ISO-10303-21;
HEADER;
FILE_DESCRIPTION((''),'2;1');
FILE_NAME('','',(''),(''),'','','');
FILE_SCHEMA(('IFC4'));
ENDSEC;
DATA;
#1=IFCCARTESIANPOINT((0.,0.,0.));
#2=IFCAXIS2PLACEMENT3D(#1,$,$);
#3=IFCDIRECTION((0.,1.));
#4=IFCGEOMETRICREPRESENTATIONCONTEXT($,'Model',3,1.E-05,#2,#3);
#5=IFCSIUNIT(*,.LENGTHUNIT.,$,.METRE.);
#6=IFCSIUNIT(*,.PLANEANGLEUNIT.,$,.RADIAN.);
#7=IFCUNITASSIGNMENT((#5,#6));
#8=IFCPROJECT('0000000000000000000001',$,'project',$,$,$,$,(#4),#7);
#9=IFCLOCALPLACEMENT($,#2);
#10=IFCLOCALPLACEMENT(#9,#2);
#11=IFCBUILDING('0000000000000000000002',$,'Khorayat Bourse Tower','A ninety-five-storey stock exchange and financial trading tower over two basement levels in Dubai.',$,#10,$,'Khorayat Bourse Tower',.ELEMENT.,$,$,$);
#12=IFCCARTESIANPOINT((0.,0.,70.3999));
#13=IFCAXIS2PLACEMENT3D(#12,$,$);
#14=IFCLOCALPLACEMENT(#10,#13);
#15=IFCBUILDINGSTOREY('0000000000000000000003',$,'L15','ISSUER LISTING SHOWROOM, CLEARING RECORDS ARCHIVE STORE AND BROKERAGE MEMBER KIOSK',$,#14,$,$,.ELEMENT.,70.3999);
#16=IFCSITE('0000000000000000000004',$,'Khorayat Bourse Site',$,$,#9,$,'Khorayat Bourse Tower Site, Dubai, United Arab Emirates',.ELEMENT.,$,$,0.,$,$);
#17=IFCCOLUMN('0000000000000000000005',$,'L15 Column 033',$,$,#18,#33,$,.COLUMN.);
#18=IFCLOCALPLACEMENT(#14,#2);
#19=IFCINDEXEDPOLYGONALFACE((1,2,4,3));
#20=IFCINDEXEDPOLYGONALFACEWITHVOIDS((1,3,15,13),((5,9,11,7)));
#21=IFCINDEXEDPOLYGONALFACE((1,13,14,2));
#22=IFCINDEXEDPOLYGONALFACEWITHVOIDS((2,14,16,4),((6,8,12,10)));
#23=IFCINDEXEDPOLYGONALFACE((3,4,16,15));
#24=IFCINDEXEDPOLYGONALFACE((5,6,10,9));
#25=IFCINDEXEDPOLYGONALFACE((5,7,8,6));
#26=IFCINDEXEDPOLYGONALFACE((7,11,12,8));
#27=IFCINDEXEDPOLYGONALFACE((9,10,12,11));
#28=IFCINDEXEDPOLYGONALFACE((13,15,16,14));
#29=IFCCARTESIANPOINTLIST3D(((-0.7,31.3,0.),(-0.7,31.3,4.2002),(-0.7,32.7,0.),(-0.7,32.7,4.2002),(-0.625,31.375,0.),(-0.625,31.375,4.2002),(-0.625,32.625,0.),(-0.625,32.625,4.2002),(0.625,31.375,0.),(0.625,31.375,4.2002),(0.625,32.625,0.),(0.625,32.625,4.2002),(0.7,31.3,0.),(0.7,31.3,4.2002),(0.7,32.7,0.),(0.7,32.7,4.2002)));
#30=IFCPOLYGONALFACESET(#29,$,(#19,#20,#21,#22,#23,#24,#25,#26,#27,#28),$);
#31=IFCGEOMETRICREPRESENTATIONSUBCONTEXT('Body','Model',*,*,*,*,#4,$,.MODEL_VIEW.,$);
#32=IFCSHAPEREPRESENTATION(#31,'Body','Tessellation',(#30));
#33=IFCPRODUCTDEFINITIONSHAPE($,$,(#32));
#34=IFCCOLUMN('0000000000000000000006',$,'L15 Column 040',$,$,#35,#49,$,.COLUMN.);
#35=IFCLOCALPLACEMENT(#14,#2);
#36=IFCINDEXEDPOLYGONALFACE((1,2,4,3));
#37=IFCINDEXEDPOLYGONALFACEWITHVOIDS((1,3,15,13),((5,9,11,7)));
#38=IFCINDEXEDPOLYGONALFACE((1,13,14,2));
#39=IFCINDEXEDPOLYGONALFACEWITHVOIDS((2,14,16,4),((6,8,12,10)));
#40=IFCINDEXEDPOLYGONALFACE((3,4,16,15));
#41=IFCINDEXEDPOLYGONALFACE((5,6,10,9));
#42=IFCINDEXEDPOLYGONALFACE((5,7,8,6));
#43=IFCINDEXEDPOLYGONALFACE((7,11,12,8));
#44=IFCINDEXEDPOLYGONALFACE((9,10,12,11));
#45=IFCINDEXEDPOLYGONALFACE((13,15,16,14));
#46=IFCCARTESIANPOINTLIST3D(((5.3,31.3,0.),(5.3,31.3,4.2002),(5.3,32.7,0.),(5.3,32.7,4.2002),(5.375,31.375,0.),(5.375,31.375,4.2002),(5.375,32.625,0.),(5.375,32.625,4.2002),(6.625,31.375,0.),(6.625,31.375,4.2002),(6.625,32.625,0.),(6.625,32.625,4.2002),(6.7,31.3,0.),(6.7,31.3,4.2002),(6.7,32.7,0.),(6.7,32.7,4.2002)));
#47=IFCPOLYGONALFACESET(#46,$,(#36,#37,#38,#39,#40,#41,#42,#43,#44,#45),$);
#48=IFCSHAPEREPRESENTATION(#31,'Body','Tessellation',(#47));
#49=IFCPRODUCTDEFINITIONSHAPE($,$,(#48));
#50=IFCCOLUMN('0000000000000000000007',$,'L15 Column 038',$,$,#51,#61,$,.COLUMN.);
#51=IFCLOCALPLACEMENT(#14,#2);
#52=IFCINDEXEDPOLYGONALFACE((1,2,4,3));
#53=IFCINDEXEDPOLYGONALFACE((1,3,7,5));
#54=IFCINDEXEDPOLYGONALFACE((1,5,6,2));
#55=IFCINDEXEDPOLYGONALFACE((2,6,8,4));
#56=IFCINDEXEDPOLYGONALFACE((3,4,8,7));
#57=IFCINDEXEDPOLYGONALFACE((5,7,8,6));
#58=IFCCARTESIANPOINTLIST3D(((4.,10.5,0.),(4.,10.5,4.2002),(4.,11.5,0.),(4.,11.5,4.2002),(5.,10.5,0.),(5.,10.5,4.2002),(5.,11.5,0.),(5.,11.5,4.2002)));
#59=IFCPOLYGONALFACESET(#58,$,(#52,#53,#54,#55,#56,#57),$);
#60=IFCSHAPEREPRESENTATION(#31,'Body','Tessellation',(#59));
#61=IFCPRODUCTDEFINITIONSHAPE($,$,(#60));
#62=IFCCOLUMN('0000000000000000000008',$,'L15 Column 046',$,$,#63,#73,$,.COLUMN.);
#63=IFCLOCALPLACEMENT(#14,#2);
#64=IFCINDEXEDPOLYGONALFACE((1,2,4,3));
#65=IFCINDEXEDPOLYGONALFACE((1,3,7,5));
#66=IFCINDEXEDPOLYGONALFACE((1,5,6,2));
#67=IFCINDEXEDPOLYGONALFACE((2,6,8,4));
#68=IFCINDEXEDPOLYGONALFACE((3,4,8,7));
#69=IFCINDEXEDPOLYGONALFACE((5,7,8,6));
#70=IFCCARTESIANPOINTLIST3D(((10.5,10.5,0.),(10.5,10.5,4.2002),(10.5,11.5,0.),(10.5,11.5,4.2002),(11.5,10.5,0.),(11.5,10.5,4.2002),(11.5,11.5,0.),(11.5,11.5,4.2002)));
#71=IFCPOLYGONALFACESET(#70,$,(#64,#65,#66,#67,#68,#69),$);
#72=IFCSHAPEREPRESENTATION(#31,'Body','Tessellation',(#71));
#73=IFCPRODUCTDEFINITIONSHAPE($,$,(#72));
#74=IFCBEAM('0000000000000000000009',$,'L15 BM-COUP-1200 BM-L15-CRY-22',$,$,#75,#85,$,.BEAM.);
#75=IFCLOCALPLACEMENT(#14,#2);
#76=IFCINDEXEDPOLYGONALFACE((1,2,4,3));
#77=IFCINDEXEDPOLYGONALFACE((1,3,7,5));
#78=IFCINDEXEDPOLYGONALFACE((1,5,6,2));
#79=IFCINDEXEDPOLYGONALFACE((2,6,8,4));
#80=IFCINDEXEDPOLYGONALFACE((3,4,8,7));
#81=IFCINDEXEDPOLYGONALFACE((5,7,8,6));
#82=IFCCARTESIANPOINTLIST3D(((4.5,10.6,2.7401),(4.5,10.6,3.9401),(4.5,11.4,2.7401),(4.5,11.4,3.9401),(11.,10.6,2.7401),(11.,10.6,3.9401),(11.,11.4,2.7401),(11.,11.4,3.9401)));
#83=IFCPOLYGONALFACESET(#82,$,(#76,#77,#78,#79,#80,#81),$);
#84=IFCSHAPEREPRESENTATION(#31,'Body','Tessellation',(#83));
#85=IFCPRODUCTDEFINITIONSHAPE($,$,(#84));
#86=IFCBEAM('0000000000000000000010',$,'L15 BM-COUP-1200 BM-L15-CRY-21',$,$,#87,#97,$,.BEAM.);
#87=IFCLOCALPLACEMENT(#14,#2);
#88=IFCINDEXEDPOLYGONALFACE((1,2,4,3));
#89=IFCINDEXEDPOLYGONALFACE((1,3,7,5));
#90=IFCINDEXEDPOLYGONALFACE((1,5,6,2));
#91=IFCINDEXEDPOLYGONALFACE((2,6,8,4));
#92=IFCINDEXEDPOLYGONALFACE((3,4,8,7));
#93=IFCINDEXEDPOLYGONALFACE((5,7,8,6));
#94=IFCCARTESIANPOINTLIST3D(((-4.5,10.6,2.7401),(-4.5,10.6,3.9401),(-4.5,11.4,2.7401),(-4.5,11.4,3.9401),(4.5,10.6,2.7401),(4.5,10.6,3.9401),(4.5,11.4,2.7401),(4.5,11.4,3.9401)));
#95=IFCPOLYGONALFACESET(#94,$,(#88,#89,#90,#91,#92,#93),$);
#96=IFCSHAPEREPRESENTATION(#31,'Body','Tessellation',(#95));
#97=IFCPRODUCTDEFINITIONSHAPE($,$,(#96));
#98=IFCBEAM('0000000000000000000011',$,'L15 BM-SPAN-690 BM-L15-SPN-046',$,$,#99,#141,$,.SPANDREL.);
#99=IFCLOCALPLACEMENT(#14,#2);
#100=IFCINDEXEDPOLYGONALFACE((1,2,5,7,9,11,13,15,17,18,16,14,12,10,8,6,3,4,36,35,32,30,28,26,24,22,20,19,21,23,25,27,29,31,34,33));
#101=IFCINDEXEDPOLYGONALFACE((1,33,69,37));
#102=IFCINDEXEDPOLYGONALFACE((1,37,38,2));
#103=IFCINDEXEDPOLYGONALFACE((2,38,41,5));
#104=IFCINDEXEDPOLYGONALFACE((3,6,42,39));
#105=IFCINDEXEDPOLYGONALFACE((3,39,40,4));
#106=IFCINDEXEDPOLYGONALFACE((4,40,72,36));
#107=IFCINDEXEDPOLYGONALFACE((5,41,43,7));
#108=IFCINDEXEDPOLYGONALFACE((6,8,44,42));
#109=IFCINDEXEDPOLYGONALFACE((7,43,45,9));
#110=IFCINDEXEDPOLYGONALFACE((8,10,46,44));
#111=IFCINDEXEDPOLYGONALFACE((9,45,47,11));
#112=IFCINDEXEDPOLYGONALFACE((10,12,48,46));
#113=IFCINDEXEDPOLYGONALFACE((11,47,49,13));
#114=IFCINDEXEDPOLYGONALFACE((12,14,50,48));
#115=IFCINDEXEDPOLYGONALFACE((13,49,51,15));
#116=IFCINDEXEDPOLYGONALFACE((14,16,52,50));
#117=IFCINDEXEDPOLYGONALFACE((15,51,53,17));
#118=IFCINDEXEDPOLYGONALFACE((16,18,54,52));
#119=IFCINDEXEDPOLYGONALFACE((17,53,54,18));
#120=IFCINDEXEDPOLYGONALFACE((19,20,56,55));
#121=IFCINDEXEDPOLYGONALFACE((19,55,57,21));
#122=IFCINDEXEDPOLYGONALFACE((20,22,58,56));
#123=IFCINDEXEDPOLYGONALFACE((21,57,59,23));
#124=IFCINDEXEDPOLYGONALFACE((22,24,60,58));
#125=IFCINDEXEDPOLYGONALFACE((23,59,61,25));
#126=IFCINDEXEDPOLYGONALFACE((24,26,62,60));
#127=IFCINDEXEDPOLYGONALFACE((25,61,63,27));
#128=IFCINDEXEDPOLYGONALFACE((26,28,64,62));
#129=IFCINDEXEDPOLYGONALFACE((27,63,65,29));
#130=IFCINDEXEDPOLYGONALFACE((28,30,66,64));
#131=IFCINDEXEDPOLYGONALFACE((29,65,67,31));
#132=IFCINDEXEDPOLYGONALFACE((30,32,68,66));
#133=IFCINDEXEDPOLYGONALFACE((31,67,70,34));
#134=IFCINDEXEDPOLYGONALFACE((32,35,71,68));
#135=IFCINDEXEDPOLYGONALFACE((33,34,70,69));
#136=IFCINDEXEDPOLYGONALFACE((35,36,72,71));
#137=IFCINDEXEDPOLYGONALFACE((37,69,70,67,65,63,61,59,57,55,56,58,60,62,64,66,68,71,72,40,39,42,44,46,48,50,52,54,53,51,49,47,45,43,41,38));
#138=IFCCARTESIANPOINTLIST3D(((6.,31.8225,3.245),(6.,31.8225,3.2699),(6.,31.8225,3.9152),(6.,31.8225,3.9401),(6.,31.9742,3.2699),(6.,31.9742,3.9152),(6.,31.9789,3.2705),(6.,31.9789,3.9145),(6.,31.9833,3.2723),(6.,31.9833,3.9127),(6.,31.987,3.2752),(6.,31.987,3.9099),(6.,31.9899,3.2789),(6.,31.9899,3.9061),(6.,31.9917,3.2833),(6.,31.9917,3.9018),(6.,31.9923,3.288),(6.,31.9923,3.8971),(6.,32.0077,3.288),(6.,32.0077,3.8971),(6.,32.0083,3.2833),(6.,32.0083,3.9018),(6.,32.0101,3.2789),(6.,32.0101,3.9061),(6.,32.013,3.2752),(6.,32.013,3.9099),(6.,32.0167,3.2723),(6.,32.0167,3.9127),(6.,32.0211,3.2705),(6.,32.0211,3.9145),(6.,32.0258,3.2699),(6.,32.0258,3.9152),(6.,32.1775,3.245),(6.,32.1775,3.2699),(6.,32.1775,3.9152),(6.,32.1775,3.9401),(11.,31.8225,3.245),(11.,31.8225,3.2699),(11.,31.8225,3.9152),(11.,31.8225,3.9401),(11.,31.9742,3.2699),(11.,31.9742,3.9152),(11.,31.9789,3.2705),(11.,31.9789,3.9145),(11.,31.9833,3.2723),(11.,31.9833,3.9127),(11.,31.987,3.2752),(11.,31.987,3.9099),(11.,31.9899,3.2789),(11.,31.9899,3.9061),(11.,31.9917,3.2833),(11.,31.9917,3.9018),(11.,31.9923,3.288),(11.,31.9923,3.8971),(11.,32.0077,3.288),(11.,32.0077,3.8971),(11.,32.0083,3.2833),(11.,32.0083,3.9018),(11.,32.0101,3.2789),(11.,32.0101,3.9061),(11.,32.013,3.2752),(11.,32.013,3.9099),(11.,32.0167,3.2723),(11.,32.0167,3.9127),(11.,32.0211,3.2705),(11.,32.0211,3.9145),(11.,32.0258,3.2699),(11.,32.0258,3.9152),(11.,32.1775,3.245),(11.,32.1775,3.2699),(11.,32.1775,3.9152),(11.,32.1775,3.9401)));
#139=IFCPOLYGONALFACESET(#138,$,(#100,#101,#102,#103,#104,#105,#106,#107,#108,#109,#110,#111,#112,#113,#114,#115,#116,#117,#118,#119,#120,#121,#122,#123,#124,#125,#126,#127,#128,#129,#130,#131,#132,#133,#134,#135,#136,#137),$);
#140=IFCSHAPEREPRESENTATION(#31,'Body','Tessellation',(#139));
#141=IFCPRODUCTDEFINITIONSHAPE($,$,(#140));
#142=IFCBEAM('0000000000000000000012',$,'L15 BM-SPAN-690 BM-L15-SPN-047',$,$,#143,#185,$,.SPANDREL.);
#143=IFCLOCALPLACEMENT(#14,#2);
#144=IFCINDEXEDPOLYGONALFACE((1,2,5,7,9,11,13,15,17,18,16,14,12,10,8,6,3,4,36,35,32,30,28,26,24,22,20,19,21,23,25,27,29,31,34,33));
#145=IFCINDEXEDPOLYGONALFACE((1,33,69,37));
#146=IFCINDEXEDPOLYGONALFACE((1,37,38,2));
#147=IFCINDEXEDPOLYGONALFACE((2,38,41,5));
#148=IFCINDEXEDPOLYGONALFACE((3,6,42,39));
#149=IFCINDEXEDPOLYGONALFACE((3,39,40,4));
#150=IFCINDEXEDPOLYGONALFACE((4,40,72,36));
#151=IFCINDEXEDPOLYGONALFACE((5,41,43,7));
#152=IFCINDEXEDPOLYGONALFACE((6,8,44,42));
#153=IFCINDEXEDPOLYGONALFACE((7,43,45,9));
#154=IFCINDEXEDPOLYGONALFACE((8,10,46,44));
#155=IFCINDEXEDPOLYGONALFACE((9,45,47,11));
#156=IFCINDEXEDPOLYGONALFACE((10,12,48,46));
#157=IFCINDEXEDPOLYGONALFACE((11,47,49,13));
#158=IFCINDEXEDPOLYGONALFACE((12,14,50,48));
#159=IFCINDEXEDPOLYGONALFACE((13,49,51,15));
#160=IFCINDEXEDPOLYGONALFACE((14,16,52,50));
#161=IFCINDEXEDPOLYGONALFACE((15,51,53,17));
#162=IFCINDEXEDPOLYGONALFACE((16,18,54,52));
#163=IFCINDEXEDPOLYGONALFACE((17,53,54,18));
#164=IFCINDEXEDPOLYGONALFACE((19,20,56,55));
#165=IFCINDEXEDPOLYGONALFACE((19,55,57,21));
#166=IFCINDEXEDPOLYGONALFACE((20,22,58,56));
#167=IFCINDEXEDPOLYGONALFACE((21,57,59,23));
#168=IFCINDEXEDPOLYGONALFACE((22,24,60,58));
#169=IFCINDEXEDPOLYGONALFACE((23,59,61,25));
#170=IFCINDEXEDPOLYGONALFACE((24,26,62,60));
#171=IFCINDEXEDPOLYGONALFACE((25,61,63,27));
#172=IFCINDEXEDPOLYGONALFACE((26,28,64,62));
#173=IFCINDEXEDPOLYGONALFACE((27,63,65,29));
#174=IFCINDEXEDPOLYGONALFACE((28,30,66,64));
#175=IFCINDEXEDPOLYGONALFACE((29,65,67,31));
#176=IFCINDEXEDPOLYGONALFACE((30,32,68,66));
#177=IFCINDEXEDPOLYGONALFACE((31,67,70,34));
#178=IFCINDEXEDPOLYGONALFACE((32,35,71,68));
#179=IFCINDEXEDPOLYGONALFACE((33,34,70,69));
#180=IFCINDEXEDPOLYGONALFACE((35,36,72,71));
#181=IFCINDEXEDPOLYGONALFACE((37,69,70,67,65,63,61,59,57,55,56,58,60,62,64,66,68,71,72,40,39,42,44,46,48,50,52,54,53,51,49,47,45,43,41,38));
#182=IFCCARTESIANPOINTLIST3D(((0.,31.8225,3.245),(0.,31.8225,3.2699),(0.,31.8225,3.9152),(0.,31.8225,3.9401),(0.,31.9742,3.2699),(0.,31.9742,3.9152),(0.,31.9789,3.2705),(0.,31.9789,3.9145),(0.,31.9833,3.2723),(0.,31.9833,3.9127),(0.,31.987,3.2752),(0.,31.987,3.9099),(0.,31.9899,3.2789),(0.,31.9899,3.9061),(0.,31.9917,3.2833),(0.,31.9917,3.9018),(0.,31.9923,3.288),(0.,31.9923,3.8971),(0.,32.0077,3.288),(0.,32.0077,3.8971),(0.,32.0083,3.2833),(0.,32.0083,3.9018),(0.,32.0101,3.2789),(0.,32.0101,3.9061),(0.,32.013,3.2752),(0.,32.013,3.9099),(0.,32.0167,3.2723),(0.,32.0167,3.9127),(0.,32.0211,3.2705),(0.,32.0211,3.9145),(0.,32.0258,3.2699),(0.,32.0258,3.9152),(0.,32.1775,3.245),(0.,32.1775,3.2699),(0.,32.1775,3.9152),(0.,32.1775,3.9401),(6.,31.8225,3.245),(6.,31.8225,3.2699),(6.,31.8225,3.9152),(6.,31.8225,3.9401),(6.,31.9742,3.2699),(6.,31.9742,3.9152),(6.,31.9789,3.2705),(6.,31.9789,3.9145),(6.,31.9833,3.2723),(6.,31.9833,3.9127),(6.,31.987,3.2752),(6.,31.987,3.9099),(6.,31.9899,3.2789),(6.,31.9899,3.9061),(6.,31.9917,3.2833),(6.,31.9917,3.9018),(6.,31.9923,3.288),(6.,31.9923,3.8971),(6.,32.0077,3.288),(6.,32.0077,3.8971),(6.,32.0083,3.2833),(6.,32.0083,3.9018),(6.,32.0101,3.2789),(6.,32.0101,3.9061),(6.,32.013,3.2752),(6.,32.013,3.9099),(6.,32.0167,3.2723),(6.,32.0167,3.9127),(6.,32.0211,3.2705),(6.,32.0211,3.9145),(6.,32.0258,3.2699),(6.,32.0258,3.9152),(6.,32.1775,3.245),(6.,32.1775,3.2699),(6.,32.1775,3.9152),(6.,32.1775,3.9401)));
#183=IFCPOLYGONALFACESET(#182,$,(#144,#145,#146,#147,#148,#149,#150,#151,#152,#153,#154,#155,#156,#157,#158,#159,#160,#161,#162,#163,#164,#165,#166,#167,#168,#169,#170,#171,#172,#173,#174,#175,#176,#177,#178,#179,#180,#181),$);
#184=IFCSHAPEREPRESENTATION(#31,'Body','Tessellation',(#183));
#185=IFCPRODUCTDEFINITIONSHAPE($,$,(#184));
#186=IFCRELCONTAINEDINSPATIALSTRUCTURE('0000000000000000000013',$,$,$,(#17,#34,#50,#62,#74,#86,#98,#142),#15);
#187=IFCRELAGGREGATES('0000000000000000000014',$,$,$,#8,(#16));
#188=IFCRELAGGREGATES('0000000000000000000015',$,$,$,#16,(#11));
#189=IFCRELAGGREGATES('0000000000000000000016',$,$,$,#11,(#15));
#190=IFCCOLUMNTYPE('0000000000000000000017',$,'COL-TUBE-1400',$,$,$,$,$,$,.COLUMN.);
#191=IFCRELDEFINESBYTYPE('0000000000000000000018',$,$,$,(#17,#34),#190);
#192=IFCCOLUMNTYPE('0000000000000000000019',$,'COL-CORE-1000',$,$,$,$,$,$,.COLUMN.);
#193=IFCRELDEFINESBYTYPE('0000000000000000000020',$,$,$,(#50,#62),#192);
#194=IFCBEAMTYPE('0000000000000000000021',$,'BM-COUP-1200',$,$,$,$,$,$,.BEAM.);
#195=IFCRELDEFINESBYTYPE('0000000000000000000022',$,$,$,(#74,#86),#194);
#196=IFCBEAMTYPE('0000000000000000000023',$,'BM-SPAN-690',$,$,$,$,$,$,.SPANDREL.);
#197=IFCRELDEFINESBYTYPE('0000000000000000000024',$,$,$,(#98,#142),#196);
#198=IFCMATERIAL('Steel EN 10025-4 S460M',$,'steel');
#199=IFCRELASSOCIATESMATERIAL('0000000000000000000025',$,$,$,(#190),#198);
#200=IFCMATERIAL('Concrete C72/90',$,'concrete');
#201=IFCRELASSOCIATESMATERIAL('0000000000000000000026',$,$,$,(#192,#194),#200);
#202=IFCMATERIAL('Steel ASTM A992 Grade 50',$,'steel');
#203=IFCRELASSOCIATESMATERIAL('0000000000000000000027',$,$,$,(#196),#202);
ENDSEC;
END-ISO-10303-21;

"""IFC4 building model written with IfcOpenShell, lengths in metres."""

from ifc_helpers import new_model, si_unit, direction, frame, origin, origin_2d, place, context, subcontext, project, spatial, rectangle, hollow_rectangle, i_section, extrude, source, transform, mapped, material, material_profile, profile_set, type_object, element, save


model = new_model("IFC4")

# Units and contexts
model_context = context("Model", 3, precision=1e-05, world=origin(), true_north=direction((0.0, 1.0)))
body_context = subcontext(model_context, "Body", "Model", "MODEL_VIEW")
ifc_project = project(units=[si_unit("LENGTHUNIT", "METRE"), si_unit("PLANEANGLEUNIT", "RADIAN")], contexts=[model_context])

# Site, building, storey
site_placement = place(None, origin())
site = spatial("IfcSite", under=ifc_project, at=site_placement, Name="Khorayat Bourse Site", LongName="Khorayat Bourse Tower Site, Dubai, United Arab Emirates", CompositionType="ELEMENT", RefElevation=0.0)
building_placement = place(site_placement, origin())
building = spatial("IfcBuilding", under=site, at=building_placement, Name="Khorayat Bourse Tower", Description="A ninety-five-storey stock exchange and financial trading tower over two basement levels in Dubai.", LongName="Khorayat Bourse Tower", CompositionType="ELEMENT")
storey_placement = place(building_placement, frame((0.0, 0.0, 70.3999)))
storey = spatial("IfcBuildingStorey", under=building, at=storey_placement, Name="L15", Description="ISSUER LISTING SHOWROOM, CLEARING RECORDS ARCHIVE STORE AND BROKERAGE MEMBER KIOSK", CompositionType="ELEMENT", Elevation=70.3999)

# Columns
ifc_material_1 = material(Name="Steel EN 10025-4 S460M", Category="steel")
ifc_material_profile_1 = material_profile(ifc_material_1, hollow_rectangle(XDim=1.3999, YDim=1.3999, WallThickness=0.075, at=origin_2d()), Name="BOX 1400x1400x75")
ifc_profile_set_1 = profile_set([ifc_material_profile_1], Name="Steel EN 10025-4 S460M")
column_type_1 = type_object("IfcColumnType", Name="COL-TUBE-1400", PredefinedType="COLUMN", material=ifc_profile_set_1)
shared_shape_1 = source(origin(), body_context, "Body", "SweptSolid", [
    extrude(hollow_rectangle(XDim=1.3999, YDim=1.3999, WallThickness=0.075, at=origin_2d()), origin(), (0.0, 0.0, 1.0), 4.2002),
])
for number, where, z_axis, x_axis, name in (
    (1, (0.0, 32.0, 0.0), (0.0, 0.0, 1.0), (1.0, 0.0, 0.0), "L15 Column 033"),
    (2, (6.0, 32.0, 0.0), (0.0, 0.0, 1.0), (1.0, 0.0, 0.0), "L15 Column 040"),
):
    element("IfcColumn", number, at=place(storey_placement, frame(where, z_axis=z_axis, x_axis=x_axis)), inside=storey, type_object=column_type_1, Name=name, PredefinedType="COLUMN", context=body_context, shape_type="MappedRepresentation", body=[
        mapped(shared_shape_1, transform((0.0, 0.0, 0.0), scale=1.0)),
    ])
ifc_material_2 = material(Name="Concrete C72/90", Category="concrete")
ifc_material_profile_2 = material_profile(ifc_material_2, rectangle(XDim=1.0, YDim=1.0, at=origin_2d()), Name="RC 1000x1000")
ifc_profile_set_2 = profile_set([ifc_material_profile_2], Name="Concrete C72/90")
column_type_2 = type_object("IfcColumnType", Name="COL-CORE-1000", PredefinedType="COLUMN", material=ifc_profile_set_2)
shared_shape_2 = source(origin(), body_context, "Body", "SweptSolid", [
    extrude(rectangle(XDim=1.0, YDim=1.0, at=origin_2d()), origin(), (0.0, 0.0, 1.0), 4.2002),
])
for number, where, z_axis, x_axis, name in (
    (3, (4.5, 11.0, 0.0), (0.0, 0.0, 1.0), (1.0, 0.0, 0.0), "L15 Column 038"),
    (4, (11.0, 11.0, 0.0), (0.0, 0.0, 1.0), (1.0, 0.0, 0.0), "L15 Column 046"),
):
    element("IfcColumn", number, at=place(storey_placement, frame(where, z_axis=z_axis, x_axis=x_axis)), inside=storey, type_object=column_type_2, Name=name, PredefinedType="COLUMN", context=body_context, shape_type="MappedRepresentation", body=[
        mapped(shared_shape_2, transform((0.0, 0.0, 0.0), scale=1.0)),
    ])

# Beams
ifc_material_profile_3 = material_profile(ifc_material_2, rectangle(XDim=0.8, YDim=1.2, at=origin_2d()), Name="RC 800x1200")
ifc_profile_set_3 = profile_set([ifc_material_profile_3], Name="Concrete C72/90")
beam_type_1 = type_object("IfcBeamType", Name="BM-COUP-1200", PredefinedType="BEAM", material=ifc_profile_set_3)
shared_shape_3 = source(origin(), body_context, "Body", "SweptSolid", [
    extrude(rectangle(XDim=0.8, YDim=1.2, at=origin_2d()), origin(), (0.0, 0.0, 1.0), 6.5),
])
beam_1_placement = place(storey_placement, frame((4.5, 11.0, 3.3401), z_axis=(1.0, 0.0, 0.0), x_axis=(0.0, 1.0, 0.0)))
element("IfcBeam", 5, at=beam_1_placement, inside=storey, type_object=beam_type_1, Name="L15 BM-COUP-1200 BM-L15-CRY-22", PredefinedType="BEAM", context=body_context, shape_type="MappedRepresentation", body=[
    mapped(shared_shape_3, transform((0.0, 0.0, 0.0), scale=1.0)),
])
shared_shape_4 = source(origin(), body_context, "Body", "SweptSolid", [
    extrude(rectangle(XDim=0.8, YDim=1.2, at=origin_2d()), origin(), (0.0, 0.0, 1.0), 9.0),
])
beam_2_placement = place(storey_placement, frame((-4.5, 11.0, 3.3401), z_axis=(1.0, 0.0, 0.0), x_axis=(0.0, 1.0, 0.0)))
element("IfcBeam", 6, at=beam_2_placement, inside=storey, type_object=beam_type_1, Name="L15 BM-COUP-1200 BM-L15-CRY-21", PredefinedType="BEAM", context=body_context, shape_type="MappedRepresentation", body=[
    mapped(shared_shape_4, transform((0.0, 0.0, 0.0), scale=1.0)),
])
ifc_material_3 = material(Name="Steel ASTM A992 Grade 50", Category="steel")
ifc_material_profile_4 = material_profile(ifc_material_3, i_section(OverallWidth=0.355, OverallDepth=0.6951, WebThickness=0.0154, FlangeThickness=0.0249, FilletRadius=0.0181, at=origin_2d()), Name="W690X217")
ifc_profile_set_4 = profile_set([ifc_material_profile_4], Name="Steel ASTM A992 Grade 50")
beam_type_2 = type_object("IfcBeamType", Name="BM-SPAN-690", PredefinedType="SPANDREL", material=ifc_profile_set_4)
shared_shape_5 = source(origin(), body_context, "Body", "SweptSolid", [
    extrude(i_section(OverallWidth=0.355, OverallDepth=0.6951, WebThickness=0.0154, FlangeThickness=0.0249, FilletRadius=0.0181, at=origin_2d()), origin(), (0.0, 0.0, 1.0), 5.0),
])
beam_3_placement = place(storey_placement, frame((6.0, 32.0, 3.5925), z_axis=(1.0, 0.0, 0.0), x_axis=(0.0, 1.0, 0.0)))
element("IfcBeam", 7, at=beam_3_placement, inside=storey, type_object=beam_type_2, Name="L15 BM-SPAN-690 BM-L15-SPN-046", PredefinedType="SPANDREL", context=body_context, shape_type="MappedRepresentation", body=[
    mapped(shared_shape_5, transform((0.0, 0.0, 0.0), scale=1.0)),
])
shared_shape_6 = source(origin(), body_context, "Body", "SweptSolid", [
    extrude(i_section(OverallWidth=0.355, OverallDepth=0.6951, WebThickness=0.0154, FlangeThickness=0.0249, FilletRadius=0.0181, at=origin_2d()), origin(), (0.0, 0.0, 1.0), 6.0),
])
beam_4_placement = place(storey_placement, frame((0.0, 32.0, 3.5925), z_axis=(1.0, 0.0, 0.0), x_axis=(0.0, 1.0, 0.0)))
element("IfcBeam", 8, at=beam_4_placement, inside=storey, type_object=beam_type_2, Name="L15 BM-SPAN-690 BM-L15-SPN-047", PredefinedType="SPANDREL", context=body_context, shape_type="MappedRepresentation", body=[
    mapped(shared_shape_6, transform((0.0, 0.0, 0.0), scale=1.0)),
])

save(model, "model.ifc")
